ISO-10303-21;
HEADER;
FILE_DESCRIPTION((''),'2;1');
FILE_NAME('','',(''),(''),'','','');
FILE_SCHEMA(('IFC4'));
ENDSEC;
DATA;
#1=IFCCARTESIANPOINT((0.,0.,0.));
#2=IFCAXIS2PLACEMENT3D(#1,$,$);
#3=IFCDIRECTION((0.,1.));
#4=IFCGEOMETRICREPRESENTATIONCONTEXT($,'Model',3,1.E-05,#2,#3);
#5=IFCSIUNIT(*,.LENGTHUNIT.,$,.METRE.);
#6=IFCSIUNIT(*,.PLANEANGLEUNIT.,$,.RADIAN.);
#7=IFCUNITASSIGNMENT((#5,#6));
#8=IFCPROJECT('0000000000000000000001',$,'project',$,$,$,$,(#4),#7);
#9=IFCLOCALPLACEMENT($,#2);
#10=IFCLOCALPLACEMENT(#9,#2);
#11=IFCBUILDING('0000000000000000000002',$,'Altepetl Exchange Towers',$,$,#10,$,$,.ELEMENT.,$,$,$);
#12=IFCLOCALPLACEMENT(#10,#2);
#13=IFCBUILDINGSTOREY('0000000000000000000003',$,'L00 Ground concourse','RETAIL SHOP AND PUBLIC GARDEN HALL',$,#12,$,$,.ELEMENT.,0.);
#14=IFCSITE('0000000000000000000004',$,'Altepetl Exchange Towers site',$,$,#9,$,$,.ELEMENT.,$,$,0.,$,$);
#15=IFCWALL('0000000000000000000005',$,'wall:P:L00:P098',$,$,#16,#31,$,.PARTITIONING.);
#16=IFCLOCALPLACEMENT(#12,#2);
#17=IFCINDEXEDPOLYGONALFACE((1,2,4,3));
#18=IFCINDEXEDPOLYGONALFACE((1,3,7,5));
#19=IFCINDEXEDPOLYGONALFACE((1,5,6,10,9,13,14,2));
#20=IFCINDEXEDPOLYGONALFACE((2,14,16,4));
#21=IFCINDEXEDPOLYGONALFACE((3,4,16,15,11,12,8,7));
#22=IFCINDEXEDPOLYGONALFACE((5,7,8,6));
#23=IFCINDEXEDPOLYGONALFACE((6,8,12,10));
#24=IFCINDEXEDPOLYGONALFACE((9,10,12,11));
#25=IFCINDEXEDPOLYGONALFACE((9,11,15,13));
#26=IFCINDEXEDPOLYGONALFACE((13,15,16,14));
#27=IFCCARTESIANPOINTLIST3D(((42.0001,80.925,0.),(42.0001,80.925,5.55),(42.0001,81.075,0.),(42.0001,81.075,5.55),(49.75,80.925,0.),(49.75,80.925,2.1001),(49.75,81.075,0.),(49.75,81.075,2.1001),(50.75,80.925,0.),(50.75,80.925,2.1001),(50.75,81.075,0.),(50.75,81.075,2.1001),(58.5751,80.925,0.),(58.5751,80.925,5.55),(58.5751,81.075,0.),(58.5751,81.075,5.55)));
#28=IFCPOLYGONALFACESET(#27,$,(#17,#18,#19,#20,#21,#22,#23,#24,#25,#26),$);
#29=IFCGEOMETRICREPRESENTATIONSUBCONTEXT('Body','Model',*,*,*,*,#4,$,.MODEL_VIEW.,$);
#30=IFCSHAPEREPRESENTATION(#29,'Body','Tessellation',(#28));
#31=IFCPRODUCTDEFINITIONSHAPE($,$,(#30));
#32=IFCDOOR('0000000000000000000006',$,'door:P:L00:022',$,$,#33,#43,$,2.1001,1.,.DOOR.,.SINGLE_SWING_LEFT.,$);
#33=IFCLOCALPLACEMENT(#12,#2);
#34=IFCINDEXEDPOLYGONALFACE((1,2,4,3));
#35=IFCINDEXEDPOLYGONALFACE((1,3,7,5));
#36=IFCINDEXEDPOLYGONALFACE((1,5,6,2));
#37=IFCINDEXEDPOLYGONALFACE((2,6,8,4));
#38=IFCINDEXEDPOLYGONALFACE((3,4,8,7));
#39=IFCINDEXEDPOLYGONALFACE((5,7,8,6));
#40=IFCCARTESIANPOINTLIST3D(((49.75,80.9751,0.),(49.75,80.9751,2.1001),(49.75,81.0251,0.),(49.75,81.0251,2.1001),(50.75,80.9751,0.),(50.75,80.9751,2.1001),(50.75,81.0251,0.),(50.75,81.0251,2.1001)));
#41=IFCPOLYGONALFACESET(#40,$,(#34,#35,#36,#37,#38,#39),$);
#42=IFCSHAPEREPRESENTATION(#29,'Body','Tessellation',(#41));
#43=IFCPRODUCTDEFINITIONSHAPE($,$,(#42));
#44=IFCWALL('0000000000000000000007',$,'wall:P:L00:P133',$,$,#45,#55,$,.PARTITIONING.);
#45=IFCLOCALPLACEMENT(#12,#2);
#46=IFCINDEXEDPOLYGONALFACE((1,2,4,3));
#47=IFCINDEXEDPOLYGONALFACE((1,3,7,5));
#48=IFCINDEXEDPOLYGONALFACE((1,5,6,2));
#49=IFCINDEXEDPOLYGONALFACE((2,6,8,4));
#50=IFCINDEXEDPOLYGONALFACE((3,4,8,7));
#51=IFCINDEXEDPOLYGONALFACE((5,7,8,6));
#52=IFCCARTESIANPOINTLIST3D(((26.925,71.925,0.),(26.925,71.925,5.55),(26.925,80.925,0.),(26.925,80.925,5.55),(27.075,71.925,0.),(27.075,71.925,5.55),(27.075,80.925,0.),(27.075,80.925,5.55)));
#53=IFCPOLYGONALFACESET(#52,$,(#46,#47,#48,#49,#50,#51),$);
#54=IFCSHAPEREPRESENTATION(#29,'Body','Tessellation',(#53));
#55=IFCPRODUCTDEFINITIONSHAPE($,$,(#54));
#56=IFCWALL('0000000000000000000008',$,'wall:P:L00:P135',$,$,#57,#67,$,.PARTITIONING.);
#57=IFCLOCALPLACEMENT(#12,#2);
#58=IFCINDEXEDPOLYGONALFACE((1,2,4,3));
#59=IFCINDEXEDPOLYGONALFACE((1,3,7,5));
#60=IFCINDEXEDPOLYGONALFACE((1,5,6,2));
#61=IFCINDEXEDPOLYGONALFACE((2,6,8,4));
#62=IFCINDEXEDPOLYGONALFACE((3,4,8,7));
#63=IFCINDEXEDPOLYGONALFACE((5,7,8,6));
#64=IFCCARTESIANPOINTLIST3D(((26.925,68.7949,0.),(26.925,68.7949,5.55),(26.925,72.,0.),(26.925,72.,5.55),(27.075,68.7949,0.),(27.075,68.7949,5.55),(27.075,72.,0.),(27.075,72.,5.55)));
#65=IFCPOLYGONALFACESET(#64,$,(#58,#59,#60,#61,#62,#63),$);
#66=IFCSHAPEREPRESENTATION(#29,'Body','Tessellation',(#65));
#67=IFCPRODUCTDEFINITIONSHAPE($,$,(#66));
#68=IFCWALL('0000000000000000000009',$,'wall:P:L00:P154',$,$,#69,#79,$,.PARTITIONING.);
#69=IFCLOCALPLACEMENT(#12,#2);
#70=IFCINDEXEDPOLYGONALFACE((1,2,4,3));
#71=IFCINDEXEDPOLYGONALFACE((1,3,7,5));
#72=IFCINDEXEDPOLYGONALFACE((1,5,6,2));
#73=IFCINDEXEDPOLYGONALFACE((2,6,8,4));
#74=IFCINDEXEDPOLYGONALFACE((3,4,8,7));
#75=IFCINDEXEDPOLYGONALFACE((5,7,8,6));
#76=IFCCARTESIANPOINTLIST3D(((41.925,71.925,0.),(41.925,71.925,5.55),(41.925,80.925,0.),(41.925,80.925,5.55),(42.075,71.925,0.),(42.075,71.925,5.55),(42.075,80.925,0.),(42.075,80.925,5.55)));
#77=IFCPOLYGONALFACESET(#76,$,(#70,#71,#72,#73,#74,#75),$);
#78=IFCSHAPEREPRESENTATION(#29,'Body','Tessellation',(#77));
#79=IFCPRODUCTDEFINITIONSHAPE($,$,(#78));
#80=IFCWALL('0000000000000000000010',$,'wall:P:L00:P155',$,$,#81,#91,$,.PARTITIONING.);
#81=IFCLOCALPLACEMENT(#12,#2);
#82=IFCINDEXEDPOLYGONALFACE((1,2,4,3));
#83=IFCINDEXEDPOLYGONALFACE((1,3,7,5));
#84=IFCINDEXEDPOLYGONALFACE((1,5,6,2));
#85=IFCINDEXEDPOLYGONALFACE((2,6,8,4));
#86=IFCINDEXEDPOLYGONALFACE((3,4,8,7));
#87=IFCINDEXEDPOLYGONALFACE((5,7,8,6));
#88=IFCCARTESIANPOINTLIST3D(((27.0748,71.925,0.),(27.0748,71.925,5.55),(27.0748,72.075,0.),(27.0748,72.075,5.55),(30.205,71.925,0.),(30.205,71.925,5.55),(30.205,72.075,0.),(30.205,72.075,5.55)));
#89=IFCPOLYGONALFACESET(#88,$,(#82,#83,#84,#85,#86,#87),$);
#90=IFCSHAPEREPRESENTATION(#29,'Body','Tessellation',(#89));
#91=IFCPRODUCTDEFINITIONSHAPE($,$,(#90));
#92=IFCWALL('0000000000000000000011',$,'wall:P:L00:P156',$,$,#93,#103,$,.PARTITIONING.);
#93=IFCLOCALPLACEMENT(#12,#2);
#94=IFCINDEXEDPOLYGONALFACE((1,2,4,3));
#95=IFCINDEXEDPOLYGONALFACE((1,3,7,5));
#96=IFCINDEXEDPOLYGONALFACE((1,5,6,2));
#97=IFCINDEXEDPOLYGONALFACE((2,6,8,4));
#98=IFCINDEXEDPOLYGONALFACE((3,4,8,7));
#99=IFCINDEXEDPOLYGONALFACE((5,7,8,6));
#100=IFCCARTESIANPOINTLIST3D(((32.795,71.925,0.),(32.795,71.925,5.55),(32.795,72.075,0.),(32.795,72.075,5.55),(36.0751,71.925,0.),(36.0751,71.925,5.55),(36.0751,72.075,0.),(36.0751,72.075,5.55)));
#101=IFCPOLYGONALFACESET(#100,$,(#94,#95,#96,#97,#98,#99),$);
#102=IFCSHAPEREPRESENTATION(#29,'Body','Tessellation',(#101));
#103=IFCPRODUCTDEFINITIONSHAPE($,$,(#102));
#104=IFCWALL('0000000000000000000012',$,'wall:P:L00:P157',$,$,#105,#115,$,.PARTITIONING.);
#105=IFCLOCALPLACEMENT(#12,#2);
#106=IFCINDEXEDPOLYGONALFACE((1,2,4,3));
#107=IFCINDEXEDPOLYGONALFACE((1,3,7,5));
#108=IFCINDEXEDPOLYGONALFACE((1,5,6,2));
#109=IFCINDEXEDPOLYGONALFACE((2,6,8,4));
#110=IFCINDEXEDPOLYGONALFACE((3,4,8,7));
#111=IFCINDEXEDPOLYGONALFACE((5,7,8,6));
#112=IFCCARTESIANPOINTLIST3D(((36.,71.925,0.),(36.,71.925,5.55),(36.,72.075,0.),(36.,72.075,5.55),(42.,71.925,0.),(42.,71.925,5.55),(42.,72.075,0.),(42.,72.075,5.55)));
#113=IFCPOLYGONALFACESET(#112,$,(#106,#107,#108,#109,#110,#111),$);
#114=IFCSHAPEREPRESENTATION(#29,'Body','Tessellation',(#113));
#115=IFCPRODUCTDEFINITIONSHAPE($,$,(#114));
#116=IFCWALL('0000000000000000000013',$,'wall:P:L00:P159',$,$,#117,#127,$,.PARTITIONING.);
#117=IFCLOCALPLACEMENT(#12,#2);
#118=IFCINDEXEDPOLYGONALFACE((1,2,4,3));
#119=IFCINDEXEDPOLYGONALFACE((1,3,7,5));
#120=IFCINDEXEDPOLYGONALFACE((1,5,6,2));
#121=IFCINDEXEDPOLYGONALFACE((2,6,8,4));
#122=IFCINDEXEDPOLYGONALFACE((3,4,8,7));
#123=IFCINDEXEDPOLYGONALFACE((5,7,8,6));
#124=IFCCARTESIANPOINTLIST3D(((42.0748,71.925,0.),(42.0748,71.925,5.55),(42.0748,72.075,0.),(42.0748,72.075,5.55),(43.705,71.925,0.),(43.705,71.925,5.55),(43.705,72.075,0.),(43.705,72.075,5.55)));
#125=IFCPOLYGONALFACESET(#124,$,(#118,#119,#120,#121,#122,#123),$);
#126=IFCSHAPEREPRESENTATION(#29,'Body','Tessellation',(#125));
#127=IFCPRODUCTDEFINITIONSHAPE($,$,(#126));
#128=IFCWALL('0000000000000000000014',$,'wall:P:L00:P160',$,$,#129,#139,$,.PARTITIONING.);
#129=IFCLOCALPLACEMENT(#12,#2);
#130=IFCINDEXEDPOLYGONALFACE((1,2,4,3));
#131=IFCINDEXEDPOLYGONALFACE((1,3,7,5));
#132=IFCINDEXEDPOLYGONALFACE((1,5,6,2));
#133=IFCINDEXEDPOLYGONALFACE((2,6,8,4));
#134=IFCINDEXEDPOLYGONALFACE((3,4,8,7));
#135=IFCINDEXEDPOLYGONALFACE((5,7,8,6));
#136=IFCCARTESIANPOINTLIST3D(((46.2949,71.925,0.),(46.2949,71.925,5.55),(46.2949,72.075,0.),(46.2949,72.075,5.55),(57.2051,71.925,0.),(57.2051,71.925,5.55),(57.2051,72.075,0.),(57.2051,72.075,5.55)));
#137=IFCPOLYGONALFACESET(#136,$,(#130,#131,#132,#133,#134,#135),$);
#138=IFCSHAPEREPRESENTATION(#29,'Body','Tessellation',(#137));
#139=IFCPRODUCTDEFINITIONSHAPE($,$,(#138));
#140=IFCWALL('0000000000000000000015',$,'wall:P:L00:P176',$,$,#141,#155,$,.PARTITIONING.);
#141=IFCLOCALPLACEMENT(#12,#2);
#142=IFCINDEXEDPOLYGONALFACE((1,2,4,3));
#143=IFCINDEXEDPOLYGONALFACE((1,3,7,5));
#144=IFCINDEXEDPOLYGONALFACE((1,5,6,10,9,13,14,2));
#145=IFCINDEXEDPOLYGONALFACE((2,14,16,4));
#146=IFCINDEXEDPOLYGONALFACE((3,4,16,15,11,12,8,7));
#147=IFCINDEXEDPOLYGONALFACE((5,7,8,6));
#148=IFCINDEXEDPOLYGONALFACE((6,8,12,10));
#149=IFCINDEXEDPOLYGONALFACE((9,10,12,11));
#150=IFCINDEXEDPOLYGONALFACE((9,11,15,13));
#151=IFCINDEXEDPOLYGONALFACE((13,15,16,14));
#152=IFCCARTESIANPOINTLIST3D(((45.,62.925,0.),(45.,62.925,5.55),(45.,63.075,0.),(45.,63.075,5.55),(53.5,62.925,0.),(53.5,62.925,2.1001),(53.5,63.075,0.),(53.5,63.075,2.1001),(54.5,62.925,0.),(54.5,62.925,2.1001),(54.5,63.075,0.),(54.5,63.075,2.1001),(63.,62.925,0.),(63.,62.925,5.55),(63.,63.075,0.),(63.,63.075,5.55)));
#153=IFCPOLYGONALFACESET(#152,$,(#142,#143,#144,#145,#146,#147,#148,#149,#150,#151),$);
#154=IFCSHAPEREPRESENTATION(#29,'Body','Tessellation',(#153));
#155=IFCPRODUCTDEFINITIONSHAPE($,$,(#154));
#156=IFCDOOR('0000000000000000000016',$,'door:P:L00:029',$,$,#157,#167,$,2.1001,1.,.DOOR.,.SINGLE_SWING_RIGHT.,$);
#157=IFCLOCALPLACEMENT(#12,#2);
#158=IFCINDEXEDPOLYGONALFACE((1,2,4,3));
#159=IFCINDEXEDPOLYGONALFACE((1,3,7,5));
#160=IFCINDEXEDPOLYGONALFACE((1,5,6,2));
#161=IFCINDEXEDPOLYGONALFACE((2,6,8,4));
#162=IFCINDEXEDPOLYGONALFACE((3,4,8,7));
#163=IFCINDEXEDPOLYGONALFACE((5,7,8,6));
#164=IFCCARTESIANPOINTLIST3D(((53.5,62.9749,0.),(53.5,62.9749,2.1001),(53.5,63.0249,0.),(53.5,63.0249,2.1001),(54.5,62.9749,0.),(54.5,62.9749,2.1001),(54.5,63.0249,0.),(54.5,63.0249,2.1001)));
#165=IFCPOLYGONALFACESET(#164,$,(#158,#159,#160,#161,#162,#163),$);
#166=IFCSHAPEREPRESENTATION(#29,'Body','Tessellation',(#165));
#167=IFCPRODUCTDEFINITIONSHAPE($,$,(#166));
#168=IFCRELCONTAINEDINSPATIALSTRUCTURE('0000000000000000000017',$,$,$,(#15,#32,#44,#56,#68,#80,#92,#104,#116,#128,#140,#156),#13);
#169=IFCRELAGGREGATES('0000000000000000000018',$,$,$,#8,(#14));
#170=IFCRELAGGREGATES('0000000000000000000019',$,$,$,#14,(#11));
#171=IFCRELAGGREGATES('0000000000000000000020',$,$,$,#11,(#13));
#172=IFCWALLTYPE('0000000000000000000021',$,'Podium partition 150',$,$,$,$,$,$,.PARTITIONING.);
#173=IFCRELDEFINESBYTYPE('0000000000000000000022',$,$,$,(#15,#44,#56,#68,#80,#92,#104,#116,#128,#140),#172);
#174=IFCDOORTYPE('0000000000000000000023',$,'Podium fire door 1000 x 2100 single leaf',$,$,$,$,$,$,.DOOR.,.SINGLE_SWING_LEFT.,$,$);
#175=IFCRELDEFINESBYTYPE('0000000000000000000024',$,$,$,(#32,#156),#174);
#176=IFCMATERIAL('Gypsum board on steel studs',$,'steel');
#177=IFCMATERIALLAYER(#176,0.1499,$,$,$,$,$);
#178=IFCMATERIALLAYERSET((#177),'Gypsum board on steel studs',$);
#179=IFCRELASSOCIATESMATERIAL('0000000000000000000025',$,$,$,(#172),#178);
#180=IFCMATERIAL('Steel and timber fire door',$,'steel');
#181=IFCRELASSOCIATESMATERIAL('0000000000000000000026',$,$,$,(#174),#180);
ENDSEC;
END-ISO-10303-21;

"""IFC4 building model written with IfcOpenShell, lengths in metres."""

from ifc_helpers import new_model, si_unit, direction, frame, frame_2d, origin, place, context, subcontext, project, spatial, rectangle, extrude, material, layer, layer_set, type_object, element, fill, save


model = new_model("IFC4")

# Units and contexts
model_context = context("Model", 3, precision=1e-05, world=origin(), true_north=direction((0.0, 1.0)))
body_context = subcontext(model_context, "Body", "Model", "MODEL_VIEW")
ifc_project = project(units=[si_unit("LENGTHUNIT", "METRE"), si_unit("PLANEANGLEUNIT", "RADIAN")], contexts=[model_context])

# Site, building, storey
site_placement = place(None, origin())
site = spatial("IfcSite", under=ifc_project, at=site_placement, Name="Altepetl Exchange Towers site", CompositionType="ELEMENT", RefElevation=0.0)
building_placement = place(site_placement, origin())
building = spatial("IfcBuilding", under=site, at=building_placement, Name="Altepetl Exchange Towers", CompositionType="ELEMENT")
storey_placement = place(building_placement, origin())
storey = spatial("IfcBuildingStorey", under=building, at=storey_placement, Name="L00 Ground concourse", Description="RETAIL SHOP AND PUBLIC GARDEN HALL", CompositionType="ELEMENT", Elevation=0.0)

# Shared definitions
ifc_material_1 = material(Name="Gypsum board on steel studs", Category="steel")
ifc_layer = layer(ifc_material_1, 0.1499)
ifc_layer_set = layer_set([ifc_layer], Name="Gypsum board on steel studs")
wall_type = type_object("IfcWallType", Name="Podium partition 150", PredefinedType="PARTITIONING", material=ifc_layer_set)

# Wall, opening, door
ifc_material_2 = material(Name="Steel and timber fire door", Category="steel")
door_type_1 = type_object("IfcDoorType", Name="Podium fire door 1000 x 2100 single leaf", OperationType="SINGLE_SWING_LEFT", PredefinedType="DOOR", material=ifc_material_2)
wall_1_placement = place(storey_placement, frame((42.0, 81.0, 0.0)))
wall_1 = element("IfcWall", 1, at=wall_1_placement, inside=storey, type_object=wall_type, Name="wall:P:L00:P098", PredefinedType="PARTITIONING", context=body_context, shape_type="SweptSolid", body=[
    extrude(rectangle(XDim=16.575, YDim=0.1499, at=frame_2d((8.2876, 0.0))), origin(), (0.0, 0.0, 1.0), 5.55),
])
opening_1_placement = place(wall_1_placement, frame((7.75, 0.0, 0.0)))
opening_1 = element("IfcOpeningElement", 2, at=opening_1_placement, cuts=wall_1, PredefinedType="OPENING", context=body_context, shape_type="SweptSolid", body=[
    extrude(rectangle(XDim=1.0, YDim=2.1001, at=frame_2d((0.5, 1.05))), frame((0.0, 0.085, 0.0), z_axis=(0.0, -1.0, 0.0), x_axis=(1.0, 0.0, 0.0)), (0.0, 0.0, 1.0), 0.1699),
])
door_1_placement = place(opening_1_placement, frame((1.0, 0.0, 0.0), x_axis=(-1.0, 0.0, 0.0)))
door_1 = element("IfcDoor", 3, at=door_1_placement, inside=storey, type_object=door_type_1, Name="door:P:L00:022", OperationType="SINGLE_SWING_LEFT", OverallHeight=2.1001, OverallWidth=1.0, PredefinedType="DOOR", context=body_context, shape_type="SweptSolid", body=[
    extrude(rectangle(XDim=1.0, YDim=2.1001, at=frame_2d((0.5, 1.05))), frame((0.0, 0.0249, 0.0), z_axis=(0.0, -1.0, 0.0), x_axis=(1.0, 0.0, 0.0)), (0.0, 0.0, 1.0), 0.05),
])
fill(opening_1, door_1)

# Walls
wall_2_placement = place(storey_placement, frame((27.0, 71.925, 0.0), z_axis=(0.0, 0.0, 1.0), x_axis=(0.0, 1.0, 0.0)))
element("IfcWall", 4, at=wall_2_placement, inside=storey, type_object=wall_type, Name="wall:P:L00:P133", PredefinedType="PARTITIONING", context=body_context, shape_type="SweptSolid", body=[
    extrude(rectangle(XDim=9.0, YDim=0.1499, at=frame_2d((4.5, 0.0))), origin(), (0.0, 0.0, 1.0), 5.55),
])
wall_3_placement = place(storey_placement, frame((27.0, 68.7949, 0.0), z_axis=(0.0, 0.0, 1.0), x_axis=(0.0, 1.0, 0.0)))
element("IfcWall", 5, at=wall_3_placement, inside=storey, type_object=wall_type, Name="wall:P:L00:P135", PredefinedType="PARTITIONING", context=body_context, shape_type="SweptSolid", body=[
    extrude(rectangle(XDim=3.2051, YDim=0.1499, at=frame_2d((1.6025, 0.0))), origin(), (0.0, 0.0, 1.0), 5.55),
])
wall_4_placement = place(storey_placement, frame((42.0, 71.925, 0.0), z_axis=(0.0, 0.0, 1.0), x_axis=(0.0, 1.0, 0.0)))
element("IfcWall", 6, at=wall_4_placement, inside=storey, type_object=wall_type, Name="wall:P:L00:P154", PredefinedType="PARTITIONING", context=body_context, shape_type="SweptSolid", body=[
    extrude(rectangle(XDim=9.0, YDim=0.1499, at=frame_2d((4.5, 0.0))), origin(), (0.0, 0.0, 1.0), 5.55),
])
wall_5_placement = place(storey_placement, frame((27.075, 72.0, 0.0)))
element("IfcWall", 7, at=wall_5_placement, inside=storey, type_object=wall_type, Name="wall:P:L00:P155", PredefinedType="PARTITIONING", context=body_context, shape_type="SweptSolid", body=[
    extrude(rectangle(XDim=3.1301, YDim=0.1499, at=frame_2d((1.5649, 0.0))), origin(), (0.0, 0.0, 1.0), 5.55),
])
wall_6_placement = place(storey_placement, frame((32.7949, 72.0, 0.0)))
element("IfcWall", 8, at=wall_6_placement, inside=storey, type_object=wall_type, Name="wall:P:L00:P156", PredefinedType="PARTITIONING", context=body_context, shape_type="SweptSolid", body=[
    extrude(rectangle(XDim=3.28, YDim=0.1499, at=frame_2d((1.6401, 0.0))), origin(), (0.0, 0.0, 1.0), 5.55),
])
wall_7_placement = place(storey_placement, frame((36.0, 72.0, 0.0)))
element("IfcWall", 9, at=wall_7_placement, inside=storey, type_object=wall_type, Name="wall:P:L00:P157", PredefinedType="PARTITIONING", context=body_context, shape_type="SweptSolid", body=[
    extrude(rectangle(XDim=6.0, YDim=0.1499, at=frame_2d((3.0, 0.0))), origin(), (0.0, 0.0, 1.0), 5.55),
])
wall_8_placement = place(storey_placement, frame((42.075, 72.0, 0.0)))
element("IfcWall", 10, at=wall_8_placement, inside=storey, type_object=wall_type, Name="wall:P:L00:P159", PredefinedType="PARTITIONING", context=body_context, shape_type="SweptSolid", body=[
    extrude(rectangle(XDim=1.6301, YDim=0.1499, at=frame_2d((0.8149, 0.0))), origin(), (0.0, 0.0, 1.0), 5.55),
])
wall_9_placement = place(storey_placement, frame((46.2949, 72.0, 0.0)))
element("IfcWall", 11, at=wall_9_placement, inside=storey, type_object=wall_type, Name="wall:P:L00:P160", PredefinedType="PARTITIONING", context=body_context, shape_type="SweptSolid", body=[
    extrude(rectangle(XDim=10.9102, YDim=0.1499, at=frame_2d((5.4551, 0.0))), origin(), (0.0, 0.0, 1.0), 5.55),
])

# Wall, opening, door
wall_10_placement = place(storey_placement, frame((45.0, 63.0, 0.0)))
wall_10 = element("IfcWall", 12, at=wall_10_placement, inside=storey, type_object=wall_type, Name="wall:P:L00:P176", PredefinedType="PARTITIONING", context=body_context, shape_type="SweptSolid", body=[
    extrude(rectangle(XDim=18.0, YDim=0.1499, at=frame_2d((9.0, 0.0))), origin(), (0.0, 0.0, 1.0), 5.55),
])
opening_2_placement = place(wall_10_placement, frame((8.5, 0.0, 0.0)))
opening_2 = element("IfcOpeningElement", 13, at=opening_2_placement, cuts=wall_10, PredefinedType="OPENING", context=body_context, shape_type="SweptSolid", body=[
    extrude(rectangle(XDim=1.0, YDim=2.1001, at=frame_2d((0.5, 1.05))), frame((0.0, 0.085, 0.0), z_axis=(0.0, -1.0, 0.0), x_axis=(1.0, 0.0, 0.0)), (0.0, 0.0, 1.0), 0.1699),
])
door_2_placement = place(opening_2_placement, origin())
door_2 = element("IfcDoor", 14, at=door_2_placement, inside=storey, type_object=door_type_1, Name="door:P:L00:029", OperationType="SINGLE_SWING_RIGHT", OverallHeight=2.1001, OverallWidth=1.0, PredefinedType="DOOR", context=body_context, shape_type="SweptSolid", body=[
    extrude(rectangle(XDim=1.0, YDim=2.1001, at=frame_2d((0.5, 1.05))), frame((0.0, 0.0249, 0.0), z_axis=(0.0, -1.0, 0.0), x_axis=(1.0, 0.0, 0.0)), (0.0, 0.0, 1.0), 0.05),
])
fill(opening_2, door_2)

save(model, "model.ifc")
